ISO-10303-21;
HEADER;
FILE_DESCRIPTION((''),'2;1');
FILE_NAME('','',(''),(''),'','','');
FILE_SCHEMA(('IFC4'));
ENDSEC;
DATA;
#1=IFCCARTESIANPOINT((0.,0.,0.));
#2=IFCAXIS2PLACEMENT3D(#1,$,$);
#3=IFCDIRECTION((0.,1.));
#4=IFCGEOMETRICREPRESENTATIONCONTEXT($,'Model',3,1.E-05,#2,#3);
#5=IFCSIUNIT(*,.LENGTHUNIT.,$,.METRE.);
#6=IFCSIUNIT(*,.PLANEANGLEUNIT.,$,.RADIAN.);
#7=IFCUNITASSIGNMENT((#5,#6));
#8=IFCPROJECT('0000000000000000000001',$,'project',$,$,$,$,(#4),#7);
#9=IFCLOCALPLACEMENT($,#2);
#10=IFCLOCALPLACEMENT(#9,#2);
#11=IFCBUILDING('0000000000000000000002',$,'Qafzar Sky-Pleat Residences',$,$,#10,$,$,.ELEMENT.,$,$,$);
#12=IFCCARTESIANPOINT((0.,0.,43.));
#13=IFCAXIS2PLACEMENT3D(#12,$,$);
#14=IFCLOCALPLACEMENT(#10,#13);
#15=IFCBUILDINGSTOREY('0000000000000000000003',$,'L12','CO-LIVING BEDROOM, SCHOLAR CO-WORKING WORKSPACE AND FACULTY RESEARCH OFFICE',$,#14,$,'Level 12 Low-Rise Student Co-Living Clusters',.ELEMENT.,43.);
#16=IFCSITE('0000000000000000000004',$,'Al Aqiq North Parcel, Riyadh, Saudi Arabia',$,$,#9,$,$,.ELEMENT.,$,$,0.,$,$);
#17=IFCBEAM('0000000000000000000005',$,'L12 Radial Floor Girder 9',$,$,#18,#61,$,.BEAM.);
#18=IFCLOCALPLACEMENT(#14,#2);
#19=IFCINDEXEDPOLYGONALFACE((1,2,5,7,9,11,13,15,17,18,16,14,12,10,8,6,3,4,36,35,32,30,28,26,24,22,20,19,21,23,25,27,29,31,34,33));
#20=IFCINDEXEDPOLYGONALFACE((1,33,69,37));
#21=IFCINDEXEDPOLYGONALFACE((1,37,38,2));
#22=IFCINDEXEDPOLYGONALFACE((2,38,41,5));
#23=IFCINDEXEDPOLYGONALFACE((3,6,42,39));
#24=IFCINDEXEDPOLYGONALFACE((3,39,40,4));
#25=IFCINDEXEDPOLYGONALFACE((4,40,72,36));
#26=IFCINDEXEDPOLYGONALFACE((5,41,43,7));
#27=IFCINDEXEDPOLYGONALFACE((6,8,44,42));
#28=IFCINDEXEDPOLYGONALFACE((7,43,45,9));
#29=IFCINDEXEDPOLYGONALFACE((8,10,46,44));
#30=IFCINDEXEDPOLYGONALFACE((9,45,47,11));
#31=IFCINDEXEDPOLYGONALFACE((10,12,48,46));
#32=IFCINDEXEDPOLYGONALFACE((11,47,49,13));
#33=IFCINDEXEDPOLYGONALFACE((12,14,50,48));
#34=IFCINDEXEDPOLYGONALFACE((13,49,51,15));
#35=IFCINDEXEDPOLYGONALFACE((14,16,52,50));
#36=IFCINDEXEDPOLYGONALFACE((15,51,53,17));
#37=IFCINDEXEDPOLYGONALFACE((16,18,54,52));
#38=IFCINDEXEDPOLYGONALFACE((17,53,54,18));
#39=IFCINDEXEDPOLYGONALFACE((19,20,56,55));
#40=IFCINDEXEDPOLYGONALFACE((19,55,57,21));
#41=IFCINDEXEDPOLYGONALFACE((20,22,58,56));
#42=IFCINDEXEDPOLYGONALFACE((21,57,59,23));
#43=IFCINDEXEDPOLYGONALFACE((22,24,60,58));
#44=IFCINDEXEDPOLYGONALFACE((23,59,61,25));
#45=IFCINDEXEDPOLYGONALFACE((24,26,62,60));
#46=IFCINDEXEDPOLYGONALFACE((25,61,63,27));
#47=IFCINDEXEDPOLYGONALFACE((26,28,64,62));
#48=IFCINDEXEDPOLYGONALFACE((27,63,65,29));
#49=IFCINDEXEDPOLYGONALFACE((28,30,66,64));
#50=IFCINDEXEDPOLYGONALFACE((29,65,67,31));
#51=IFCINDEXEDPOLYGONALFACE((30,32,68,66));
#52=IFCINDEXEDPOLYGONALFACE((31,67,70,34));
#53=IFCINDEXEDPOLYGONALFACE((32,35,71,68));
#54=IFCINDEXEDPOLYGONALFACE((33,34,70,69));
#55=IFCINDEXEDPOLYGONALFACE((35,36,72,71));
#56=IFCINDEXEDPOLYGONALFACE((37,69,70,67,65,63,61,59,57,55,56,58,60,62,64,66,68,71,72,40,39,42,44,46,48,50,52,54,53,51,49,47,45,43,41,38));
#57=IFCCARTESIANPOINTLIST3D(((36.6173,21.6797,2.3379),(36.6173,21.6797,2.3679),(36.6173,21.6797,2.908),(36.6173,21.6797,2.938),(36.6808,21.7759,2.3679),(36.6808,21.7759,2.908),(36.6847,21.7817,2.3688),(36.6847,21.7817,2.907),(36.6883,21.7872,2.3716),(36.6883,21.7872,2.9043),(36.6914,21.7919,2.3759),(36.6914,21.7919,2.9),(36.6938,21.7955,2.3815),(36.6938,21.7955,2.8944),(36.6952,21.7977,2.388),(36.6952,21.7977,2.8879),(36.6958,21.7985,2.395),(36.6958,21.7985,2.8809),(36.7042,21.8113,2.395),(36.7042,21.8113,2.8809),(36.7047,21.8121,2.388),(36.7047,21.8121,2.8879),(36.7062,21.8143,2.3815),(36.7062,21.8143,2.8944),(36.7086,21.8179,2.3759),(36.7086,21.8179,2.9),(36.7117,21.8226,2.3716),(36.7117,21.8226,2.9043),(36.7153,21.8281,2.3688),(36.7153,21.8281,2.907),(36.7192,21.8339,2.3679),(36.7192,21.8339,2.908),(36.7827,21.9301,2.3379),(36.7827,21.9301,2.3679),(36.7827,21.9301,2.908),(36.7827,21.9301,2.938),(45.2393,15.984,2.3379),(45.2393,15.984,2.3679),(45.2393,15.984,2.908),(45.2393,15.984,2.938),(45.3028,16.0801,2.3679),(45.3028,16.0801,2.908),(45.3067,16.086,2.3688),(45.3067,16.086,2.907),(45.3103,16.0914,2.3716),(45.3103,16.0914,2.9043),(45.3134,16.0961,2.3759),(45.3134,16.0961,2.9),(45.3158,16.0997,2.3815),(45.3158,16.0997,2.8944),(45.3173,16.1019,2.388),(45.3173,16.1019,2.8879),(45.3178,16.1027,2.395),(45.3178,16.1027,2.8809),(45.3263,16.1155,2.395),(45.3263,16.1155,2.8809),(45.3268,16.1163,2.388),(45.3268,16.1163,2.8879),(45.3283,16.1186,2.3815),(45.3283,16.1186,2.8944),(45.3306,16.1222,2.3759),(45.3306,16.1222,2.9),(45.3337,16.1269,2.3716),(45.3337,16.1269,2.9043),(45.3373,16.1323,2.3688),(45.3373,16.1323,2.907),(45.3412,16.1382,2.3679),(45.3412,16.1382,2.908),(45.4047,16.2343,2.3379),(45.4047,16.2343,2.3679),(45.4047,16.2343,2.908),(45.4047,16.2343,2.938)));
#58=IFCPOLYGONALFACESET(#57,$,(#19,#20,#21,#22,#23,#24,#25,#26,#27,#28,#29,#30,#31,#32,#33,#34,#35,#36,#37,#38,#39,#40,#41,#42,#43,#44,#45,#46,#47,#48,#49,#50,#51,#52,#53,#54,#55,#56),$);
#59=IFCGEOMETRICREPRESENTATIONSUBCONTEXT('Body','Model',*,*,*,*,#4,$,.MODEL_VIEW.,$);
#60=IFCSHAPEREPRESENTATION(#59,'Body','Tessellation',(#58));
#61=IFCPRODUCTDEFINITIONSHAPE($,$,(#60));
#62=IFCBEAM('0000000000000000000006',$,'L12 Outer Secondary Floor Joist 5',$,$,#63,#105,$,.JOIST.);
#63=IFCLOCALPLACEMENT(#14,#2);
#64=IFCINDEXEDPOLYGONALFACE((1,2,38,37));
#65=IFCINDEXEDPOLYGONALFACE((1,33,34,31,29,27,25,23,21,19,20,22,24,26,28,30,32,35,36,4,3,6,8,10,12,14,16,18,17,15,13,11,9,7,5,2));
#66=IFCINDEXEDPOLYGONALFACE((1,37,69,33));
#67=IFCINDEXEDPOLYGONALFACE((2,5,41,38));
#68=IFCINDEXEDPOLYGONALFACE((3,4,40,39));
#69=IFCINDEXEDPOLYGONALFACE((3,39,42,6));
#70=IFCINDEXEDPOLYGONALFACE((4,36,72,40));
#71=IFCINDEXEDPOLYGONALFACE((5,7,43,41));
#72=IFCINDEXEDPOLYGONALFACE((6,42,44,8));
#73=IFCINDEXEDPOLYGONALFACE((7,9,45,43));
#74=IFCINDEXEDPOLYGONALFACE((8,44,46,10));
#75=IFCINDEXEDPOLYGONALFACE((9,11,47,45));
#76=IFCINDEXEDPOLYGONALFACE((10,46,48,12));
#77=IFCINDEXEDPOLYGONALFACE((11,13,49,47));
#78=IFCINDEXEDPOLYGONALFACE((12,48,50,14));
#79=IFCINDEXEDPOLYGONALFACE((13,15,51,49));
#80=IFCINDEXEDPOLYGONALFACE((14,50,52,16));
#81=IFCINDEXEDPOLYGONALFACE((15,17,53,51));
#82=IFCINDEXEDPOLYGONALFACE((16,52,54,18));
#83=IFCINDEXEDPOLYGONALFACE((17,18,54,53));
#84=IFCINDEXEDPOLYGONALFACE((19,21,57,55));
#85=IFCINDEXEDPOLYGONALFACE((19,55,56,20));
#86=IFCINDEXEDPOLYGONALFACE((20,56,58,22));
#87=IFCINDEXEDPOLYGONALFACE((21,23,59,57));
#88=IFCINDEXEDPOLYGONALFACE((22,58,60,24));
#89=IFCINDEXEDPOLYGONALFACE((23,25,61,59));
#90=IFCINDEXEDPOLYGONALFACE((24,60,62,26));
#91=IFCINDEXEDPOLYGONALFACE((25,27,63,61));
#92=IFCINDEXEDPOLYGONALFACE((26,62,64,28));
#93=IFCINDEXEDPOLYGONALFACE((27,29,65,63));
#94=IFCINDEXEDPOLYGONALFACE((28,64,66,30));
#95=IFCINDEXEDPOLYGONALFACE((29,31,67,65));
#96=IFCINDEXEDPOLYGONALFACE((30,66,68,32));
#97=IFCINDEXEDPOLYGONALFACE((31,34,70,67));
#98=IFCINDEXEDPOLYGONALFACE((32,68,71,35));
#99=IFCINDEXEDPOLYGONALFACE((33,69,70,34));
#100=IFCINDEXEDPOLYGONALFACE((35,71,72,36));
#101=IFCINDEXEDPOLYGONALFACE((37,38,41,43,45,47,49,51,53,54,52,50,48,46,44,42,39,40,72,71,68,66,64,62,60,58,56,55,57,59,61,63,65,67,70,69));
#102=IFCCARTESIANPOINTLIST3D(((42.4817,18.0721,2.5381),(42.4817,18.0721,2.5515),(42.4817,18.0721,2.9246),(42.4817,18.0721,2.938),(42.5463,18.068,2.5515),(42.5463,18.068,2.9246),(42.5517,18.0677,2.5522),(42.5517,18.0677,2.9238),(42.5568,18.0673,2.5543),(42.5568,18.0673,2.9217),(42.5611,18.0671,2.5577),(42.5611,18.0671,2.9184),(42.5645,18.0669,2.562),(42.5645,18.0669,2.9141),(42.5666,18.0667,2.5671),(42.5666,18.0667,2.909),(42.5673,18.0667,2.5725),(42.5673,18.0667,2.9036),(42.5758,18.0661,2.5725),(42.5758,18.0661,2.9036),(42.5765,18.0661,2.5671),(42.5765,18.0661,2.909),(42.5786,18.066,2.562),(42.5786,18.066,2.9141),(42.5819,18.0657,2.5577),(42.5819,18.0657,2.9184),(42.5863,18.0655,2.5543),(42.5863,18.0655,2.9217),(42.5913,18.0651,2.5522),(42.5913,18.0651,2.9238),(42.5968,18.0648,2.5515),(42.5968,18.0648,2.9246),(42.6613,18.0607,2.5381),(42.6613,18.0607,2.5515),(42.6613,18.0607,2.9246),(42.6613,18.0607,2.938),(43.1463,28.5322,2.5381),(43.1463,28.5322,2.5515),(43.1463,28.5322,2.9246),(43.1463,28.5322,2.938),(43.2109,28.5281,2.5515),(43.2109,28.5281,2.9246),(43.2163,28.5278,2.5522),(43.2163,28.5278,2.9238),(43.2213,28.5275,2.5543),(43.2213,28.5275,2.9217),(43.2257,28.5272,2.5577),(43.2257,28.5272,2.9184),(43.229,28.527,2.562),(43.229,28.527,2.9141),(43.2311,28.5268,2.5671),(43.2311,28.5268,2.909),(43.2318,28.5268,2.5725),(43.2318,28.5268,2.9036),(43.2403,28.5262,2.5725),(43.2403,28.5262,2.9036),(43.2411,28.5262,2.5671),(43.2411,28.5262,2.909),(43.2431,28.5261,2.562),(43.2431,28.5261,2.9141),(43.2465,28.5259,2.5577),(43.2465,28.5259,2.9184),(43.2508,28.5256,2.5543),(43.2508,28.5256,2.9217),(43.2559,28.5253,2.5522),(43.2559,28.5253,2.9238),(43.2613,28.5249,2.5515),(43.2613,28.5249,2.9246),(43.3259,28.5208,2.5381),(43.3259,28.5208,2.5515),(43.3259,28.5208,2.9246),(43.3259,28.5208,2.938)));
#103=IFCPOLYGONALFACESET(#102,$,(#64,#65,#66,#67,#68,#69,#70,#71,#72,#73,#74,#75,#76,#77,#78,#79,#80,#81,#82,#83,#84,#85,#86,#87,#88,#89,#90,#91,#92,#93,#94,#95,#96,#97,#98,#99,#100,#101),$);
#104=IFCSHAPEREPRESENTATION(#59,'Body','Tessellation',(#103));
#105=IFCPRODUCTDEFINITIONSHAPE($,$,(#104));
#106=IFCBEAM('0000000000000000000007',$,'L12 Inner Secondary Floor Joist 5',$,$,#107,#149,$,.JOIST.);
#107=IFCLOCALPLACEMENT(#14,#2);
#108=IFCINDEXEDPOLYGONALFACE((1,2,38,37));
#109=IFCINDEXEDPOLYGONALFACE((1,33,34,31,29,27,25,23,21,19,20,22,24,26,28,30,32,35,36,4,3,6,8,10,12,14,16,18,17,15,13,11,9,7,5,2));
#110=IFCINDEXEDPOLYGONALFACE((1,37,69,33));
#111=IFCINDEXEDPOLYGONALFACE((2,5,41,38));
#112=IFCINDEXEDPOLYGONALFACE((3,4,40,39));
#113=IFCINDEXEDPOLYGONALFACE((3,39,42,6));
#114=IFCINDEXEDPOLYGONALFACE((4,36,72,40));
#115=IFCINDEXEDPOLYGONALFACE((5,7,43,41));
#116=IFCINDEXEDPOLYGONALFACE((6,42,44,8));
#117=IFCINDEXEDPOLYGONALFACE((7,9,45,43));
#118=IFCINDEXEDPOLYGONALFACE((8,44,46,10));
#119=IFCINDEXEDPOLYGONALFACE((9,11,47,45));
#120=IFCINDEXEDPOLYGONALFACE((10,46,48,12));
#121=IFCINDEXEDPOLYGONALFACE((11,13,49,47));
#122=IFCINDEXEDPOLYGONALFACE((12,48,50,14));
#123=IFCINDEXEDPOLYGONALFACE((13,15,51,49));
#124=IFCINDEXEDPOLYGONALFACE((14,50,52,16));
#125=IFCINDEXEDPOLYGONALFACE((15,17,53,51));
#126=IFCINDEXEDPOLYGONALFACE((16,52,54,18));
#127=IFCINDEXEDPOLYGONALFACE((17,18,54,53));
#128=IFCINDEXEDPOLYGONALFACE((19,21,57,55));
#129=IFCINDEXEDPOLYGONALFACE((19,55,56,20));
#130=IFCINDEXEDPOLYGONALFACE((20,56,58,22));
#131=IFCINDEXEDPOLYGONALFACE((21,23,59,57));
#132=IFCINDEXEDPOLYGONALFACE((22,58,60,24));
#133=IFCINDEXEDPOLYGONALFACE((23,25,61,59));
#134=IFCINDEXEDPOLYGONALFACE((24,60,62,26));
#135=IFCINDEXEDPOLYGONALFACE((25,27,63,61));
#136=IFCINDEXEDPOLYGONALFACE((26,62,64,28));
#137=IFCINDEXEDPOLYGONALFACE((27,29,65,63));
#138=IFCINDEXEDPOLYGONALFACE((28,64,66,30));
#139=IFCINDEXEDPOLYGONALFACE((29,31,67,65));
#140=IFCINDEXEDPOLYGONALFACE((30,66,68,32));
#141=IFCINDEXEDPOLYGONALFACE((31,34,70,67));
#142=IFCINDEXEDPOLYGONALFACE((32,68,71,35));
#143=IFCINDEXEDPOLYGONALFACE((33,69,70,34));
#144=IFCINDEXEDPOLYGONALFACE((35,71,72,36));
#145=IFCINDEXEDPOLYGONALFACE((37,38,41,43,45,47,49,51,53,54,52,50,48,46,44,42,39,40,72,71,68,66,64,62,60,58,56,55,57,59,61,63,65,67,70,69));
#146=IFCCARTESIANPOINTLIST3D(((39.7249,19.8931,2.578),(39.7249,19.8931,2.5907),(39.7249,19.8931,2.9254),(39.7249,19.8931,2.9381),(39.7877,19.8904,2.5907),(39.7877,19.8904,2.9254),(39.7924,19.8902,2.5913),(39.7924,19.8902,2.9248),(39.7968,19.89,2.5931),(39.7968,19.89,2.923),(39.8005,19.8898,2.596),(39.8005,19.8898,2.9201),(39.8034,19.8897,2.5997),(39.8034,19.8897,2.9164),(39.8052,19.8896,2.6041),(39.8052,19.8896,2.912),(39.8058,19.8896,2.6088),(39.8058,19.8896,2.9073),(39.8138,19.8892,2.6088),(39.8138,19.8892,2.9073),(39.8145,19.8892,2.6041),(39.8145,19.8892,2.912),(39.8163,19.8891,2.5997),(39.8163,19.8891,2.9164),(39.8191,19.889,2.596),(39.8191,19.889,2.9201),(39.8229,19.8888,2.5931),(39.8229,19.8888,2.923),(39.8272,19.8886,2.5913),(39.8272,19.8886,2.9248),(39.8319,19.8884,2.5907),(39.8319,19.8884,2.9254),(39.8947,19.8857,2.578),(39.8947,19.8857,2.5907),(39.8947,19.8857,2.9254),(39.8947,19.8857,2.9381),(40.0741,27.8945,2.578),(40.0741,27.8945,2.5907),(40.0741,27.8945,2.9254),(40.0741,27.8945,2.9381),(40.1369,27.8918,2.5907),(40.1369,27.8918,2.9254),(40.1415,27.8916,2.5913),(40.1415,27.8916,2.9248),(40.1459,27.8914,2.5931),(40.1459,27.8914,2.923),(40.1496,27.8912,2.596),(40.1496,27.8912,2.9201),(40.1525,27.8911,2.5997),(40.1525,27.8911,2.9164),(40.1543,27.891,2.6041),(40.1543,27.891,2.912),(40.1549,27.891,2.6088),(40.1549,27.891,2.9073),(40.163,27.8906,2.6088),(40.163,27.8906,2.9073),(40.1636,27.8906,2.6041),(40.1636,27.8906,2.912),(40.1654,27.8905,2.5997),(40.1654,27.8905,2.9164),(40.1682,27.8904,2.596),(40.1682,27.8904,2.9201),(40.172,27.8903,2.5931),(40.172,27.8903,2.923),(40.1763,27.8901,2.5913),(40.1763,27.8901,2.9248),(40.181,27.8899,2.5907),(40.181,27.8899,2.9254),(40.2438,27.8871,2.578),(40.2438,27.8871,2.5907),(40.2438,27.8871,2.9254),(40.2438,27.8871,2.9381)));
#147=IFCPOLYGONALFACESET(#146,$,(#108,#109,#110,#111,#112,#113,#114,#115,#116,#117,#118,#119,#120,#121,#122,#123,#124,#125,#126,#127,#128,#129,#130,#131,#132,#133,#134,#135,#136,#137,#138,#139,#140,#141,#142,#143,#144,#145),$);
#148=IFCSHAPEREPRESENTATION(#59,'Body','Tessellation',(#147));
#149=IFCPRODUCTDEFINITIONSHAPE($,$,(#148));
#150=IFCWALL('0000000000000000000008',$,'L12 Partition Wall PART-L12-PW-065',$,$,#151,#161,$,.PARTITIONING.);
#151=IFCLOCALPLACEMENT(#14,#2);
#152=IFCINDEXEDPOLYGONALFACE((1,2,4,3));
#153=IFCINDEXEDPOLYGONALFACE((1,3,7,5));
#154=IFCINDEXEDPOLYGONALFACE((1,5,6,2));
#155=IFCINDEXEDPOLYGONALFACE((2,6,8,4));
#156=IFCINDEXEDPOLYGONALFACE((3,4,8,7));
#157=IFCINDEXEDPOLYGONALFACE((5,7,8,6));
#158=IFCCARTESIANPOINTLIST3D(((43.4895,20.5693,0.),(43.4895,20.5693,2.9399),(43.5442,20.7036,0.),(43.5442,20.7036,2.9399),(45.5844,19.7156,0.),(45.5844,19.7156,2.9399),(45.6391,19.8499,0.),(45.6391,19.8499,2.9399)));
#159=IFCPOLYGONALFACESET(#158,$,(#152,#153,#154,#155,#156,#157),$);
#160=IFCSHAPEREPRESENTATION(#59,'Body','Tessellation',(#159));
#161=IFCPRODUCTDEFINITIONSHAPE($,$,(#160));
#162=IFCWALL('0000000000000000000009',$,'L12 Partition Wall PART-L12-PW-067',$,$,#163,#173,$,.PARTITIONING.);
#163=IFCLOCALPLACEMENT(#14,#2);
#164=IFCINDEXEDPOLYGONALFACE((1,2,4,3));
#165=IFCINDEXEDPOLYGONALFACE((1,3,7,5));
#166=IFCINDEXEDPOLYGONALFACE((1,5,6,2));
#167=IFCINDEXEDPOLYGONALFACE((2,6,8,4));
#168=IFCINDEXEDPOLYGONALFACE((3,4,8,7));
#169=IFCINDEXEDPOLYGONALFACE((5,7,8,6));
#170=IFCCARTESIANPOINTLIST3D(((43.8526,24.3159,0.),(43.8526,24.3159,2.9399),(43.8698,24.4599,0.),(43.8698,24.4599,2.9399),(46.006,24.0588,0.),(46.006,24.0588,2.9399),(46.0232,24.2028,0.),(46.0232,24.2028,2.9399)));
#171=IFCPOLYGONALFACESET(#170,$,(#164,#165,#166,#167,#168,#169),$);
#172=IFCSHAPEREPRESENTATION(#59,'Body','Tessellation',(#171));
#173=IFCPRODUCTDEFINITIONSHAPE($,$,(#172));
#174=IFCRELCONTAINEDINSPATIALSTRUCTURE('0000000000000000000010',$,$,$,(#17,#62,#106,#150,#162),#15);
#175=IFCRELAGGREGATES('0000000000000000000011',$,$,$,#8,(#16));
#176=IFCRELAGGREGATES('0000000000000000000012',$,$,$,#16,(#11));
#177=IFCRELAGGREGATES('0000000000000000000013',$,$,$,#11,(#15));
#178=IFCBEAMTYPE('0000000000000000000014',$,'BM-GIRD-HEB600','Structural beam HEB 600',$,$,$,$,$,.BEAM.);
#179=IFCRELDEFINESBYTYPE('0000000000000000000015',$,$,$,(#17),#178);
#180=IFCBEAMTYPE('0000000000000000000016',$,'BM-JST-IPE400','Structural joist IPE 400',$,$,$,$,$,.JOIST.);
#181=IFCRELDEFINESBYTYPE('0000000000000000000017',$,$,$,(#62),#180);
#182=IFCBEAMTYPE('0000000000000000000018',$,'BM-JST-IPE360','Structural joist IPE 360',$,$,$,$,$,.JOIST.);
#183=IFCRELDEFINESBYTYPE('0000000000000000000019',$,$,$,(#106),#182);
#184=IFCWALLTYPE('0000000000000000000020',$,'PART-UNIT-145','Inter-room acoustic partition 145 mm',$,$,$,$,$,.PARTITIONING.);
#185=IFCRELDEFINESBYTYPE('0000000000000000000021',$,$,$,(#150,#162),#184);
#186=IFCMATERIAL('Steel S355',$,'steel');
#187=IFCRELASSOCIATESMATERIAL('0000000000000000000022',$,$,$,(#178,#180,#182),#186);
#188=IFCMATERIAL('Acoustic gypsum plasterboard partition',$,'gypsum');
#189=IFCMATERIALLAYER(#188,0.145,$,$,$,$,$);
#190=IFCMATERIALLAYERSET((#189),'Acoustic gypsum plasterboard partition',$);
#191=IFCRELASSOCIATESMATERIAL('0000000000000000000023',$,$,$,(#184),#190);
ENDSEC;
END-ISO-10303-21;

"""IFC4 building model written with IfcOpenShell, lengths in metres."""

from ifc_helpers import new_model, si_unit, direction, frame, frame_2d, origin, origin_2d, place, context, subcontext, project, spatial, rectangle, i_section, extrude, source, transform, mapped, material, layer, layer_set, material_profile, profile_set, type_object, element, save


model = new_model("IFC4")

# Units and contexts
model_context = context("Model", 3, precision=1e-05, world=origin(), true_north=direction((0.0, 1.0)))
body_context = subcontext(model_context, "Body", "Model", "MODEL_VIEW")
ifc_project = project(units=[si_unit("LENGTHUNIT", "METRE"), si_unit("PLANEANGLEUNIT", "RADIAN")], contexts=[model_context])

# Site, building, storey
site_placement = place(None, origin())
site = spatial("IfcSite", under=ifc_project, at=site_placement, Name="Al Aqiq North Parcel, Riyadh, Saudi Arabia", CompositionType="ELEMENT", RefElevation=0.0)
building_placement = place(site_placement, origin())
building = spatial("IfcBuilding", under=site, at=building_placement, Name="Qafzar Sky-Pleat Residences", CompositionType="ELEMENT")
storey_placement = place(building_placement, frame((0.0, 0.0, 43.0)))
storey = spatial("IfcBuildingStorey", under=building, at=storey_placement, Name="L12", Description="CO-LIVING BEDROOM, SCHOLAR CO-WORKING WORKSPACE AND FACULTY RESEARCH OFFICE", LongName="Level 12 Low-Rise Student Co-Living Clusters", CompositionType="ELEMENT", Elevation=43.0)

# Beams
ifc_material_1 = material(Name="Steel S355", Category="steel")
ifc_material_profile_1 = material_profile(ifc_material_1, i_section(OverallWidth=0.3, OverallDepth=0.6001, WebThickness=0.0154, FlangeThickness=0.03, FilletRadius=0.0271, at=origin_2d()), Name="HEB 600")
ifc_profile_set_1 = profile_set([ifc_material_profile_1], Name="Steel S355")
beam_type_1 = type_object("IfcBeamType", Name="BM-GIRD-HEB600", Description="Structural beam HEB 600", PredefinedType="BEAM", material=ifc_profile_set_1)
shared_shape_1 = source(origin(), body_context, "Body", "SweptSolid", [
    extrude(i_section(OverallWidth=0.3, OverallDepth=0.6001, WebThickness=0.0154, FlangeThickness=0.03, FilletRadius=0.0271, at=origin_2d()), origin(), (0.0, 0.0, 1.0), 10.3335),
])
beam_1_placement = place(storey_placement, frame((45.322, 16.1091, 2.6379), z_axis=(-0.834376, 0.551195, 0.0), x_axis=(-0.551195, -0.834376, 0.0)))
element("IfcBeam", 1, at=beam_1_placement, inside=storey, type_object=beam_type_1, Name="L12 Radial Floor Girder 9", PredefinedType="BEAM", context=body_context, shape_type="MappedRepresentation", body=[
    mapped(shared_shape_1, transform((0.0, 0.0, 0.0), x_axis=(1.0, 0.0, 0.0), y_axis=(0.0, 1.0, 0.0), z_axis=(0.0, 0.0, 1.0), scale=1.0)),
])
ifc_material_profile_2 = material_profile(ifc_material_1, i_section(OverallWidth=0.1799, OverallDepth=0.3999, WebThickness=0.0085, FlangeThickness=0.0134, FilletRadius=0.021, at=origin_2d()), Name="IPE 400")
ifc_profile_set_2 = profile_set([ifc_material_profile_2], Name="Steel S355")
beam_type_2 = type_object("IfcBeamType", Name="BM-JST-IPE400", Description="Structural joist IPE 400", PredefinedType="JOIST", material=ifc_profile_set_2)
shared_shape_2 = source(origin(), body_context, "Body", "SweptSolid", [
    extrude(i_section(OverallWidth=0.1799, OverallDepth=0.3999, WebThickness=0.0085, FlangeThickness=0.0134, FilletRadius=0.021, at=origin_2d()), origin(), (0.0, 0.0, 1.0), 10.4812),
])
beam_2_placement = place(storey_placement, frame((42.5715, 18.0664, 2.738), z_axis=(0.063404, 0.997988, 0.0), x_axis=(-0.997988, 0.063404, 0.0)))
element("IfcBeam", 2, at=beam_2_placement, inside=storey, type_object=beam_type_2, Name="L12 Outer Secondary Floor Joist 5", PredefinedType="JOIST", context=body_context, shape_type="MappedRepresentation", body=[
    mapped(shared_shape_2, transform((0.0, 0.0, 0.0), x_axis=(1.0, 0.0, 0.0), y_axis=(0.0, 1.0, 0.0), z_axis=(0.0, 0.0, 1.0), scale=1.0)),
])
ifc_material_profile_3 = material_profile(ifc_material_1, i_section(OverallWidth=0.1699, OverallDepth=0.3601, WebThickness=0.0081, FlangeThickness=0.0127, FilletRadius=0.0181, at=origin_2d()), Name="IPE 360")
ifc_profile_set_3 = profile_set([ifc_material_profile_3], Name="Steel S355")
beam_type_3 = type_object("IfcBeamType", Name="BM-JST-IPE360", Description="Structural joist IPE 360", PredefinedType="JOIST", material=ifc_profile_set_3)
shared_shape_3 = source(origin(), body_context, "Body", "SweptSolid", [
    extrude(i_section(OverallWidth=0.1699, OverallDepth=0.3601, WebThickness=0.0081, FlangeThickness=0.0127, FilletRadius=0.0181, at=origin_2d()), origin(), (0.0, 0.0, 1.0), 8.009),
])
beam_3_placement = place(storey_placement, frame((39.8098, 19.8894, 2.7581), z_axis=(0.043591, 0.999049, 0.0), x_axis=(-0.999049, 0.043591, 0.0)))
element("IfcBeam", 3, at=beam_3_placement, inside=storey, type_object=beam_type_3, Name="L12 Inner Secondary Floor Joist 5", PredefinedType="JOIST", context=body_context, shape_type="MappedRepresentation", body=[
    mapped(shared_shape_3, transform((0.0, 0.0, 0.0), x_axis=(1.0, 0.0, 0.0), y_axis=(0.0, 1.0, 0.0), z_axis=(0.0, 0.0, 1.0), scale=1.0)),
])

# Walls
ifc_material_2 = material(Name="Acoustic gypsum plasterboard partition", Category="gypsum")
ifc_layer_1 = layer(ifc_material_2, 0.145)
ifc_layer_set_1 = layer_set([ifc_layer_1], Name="Acoustic gypsum plasterboard partition")
wall_type_1 = type_object("IfcWallType", Name="PART-UNIT-145", Description="Inter-room acoustic partition 145 mm", PredefinedType="PARTITIONING", material=ifc_layer_set_1)
wall_1_placement = place(storey_placement, frame((43.5168, 20.6365, 0.0), z_axis=(0.0, 0.0, 1.0), x_axis=(0.926053, -0.377393, 0.0)))
element("IfcWall", 4, at=wall_1_placement, inside=storey, type_object=wall_type_1, Name="L12 Partition Wall PART-L12-PW-065", PredefinedType="PARTITIONING", context=body_context, shape_type="SweptSolid", body=[
    extrude(rectangle(XDim=2.2622, YDim=0.145, at=frame_2d((1.1311, 0.0))), origin(), (0.0, 0.0, 1.0), 2.9399),
])
wall_2_placement = place(storey_placement, frame((43.8611, 24.3879, 0.0), z_axis=(0.0, 0.0, 1.0), x_axis=(0.992949, -0.118546, 0.0)))
element("IfcWall", 5, at=wall_2_placement, inside=storey, type_object=wall_type_1, Name="L12 Partition Wall PART-L12-PW-067", PredefinedType="PARTITIONING", context=body_context, shape_type="SweptSolid", body=[
    extrude(rectangle(XDim=2.1687, YDim=0.145, at=frame_2d((1.0845, 0.0))), origin(), (0.0, 0.0, 1.0), 2.9399),
])

save(model, "model.ifc")
